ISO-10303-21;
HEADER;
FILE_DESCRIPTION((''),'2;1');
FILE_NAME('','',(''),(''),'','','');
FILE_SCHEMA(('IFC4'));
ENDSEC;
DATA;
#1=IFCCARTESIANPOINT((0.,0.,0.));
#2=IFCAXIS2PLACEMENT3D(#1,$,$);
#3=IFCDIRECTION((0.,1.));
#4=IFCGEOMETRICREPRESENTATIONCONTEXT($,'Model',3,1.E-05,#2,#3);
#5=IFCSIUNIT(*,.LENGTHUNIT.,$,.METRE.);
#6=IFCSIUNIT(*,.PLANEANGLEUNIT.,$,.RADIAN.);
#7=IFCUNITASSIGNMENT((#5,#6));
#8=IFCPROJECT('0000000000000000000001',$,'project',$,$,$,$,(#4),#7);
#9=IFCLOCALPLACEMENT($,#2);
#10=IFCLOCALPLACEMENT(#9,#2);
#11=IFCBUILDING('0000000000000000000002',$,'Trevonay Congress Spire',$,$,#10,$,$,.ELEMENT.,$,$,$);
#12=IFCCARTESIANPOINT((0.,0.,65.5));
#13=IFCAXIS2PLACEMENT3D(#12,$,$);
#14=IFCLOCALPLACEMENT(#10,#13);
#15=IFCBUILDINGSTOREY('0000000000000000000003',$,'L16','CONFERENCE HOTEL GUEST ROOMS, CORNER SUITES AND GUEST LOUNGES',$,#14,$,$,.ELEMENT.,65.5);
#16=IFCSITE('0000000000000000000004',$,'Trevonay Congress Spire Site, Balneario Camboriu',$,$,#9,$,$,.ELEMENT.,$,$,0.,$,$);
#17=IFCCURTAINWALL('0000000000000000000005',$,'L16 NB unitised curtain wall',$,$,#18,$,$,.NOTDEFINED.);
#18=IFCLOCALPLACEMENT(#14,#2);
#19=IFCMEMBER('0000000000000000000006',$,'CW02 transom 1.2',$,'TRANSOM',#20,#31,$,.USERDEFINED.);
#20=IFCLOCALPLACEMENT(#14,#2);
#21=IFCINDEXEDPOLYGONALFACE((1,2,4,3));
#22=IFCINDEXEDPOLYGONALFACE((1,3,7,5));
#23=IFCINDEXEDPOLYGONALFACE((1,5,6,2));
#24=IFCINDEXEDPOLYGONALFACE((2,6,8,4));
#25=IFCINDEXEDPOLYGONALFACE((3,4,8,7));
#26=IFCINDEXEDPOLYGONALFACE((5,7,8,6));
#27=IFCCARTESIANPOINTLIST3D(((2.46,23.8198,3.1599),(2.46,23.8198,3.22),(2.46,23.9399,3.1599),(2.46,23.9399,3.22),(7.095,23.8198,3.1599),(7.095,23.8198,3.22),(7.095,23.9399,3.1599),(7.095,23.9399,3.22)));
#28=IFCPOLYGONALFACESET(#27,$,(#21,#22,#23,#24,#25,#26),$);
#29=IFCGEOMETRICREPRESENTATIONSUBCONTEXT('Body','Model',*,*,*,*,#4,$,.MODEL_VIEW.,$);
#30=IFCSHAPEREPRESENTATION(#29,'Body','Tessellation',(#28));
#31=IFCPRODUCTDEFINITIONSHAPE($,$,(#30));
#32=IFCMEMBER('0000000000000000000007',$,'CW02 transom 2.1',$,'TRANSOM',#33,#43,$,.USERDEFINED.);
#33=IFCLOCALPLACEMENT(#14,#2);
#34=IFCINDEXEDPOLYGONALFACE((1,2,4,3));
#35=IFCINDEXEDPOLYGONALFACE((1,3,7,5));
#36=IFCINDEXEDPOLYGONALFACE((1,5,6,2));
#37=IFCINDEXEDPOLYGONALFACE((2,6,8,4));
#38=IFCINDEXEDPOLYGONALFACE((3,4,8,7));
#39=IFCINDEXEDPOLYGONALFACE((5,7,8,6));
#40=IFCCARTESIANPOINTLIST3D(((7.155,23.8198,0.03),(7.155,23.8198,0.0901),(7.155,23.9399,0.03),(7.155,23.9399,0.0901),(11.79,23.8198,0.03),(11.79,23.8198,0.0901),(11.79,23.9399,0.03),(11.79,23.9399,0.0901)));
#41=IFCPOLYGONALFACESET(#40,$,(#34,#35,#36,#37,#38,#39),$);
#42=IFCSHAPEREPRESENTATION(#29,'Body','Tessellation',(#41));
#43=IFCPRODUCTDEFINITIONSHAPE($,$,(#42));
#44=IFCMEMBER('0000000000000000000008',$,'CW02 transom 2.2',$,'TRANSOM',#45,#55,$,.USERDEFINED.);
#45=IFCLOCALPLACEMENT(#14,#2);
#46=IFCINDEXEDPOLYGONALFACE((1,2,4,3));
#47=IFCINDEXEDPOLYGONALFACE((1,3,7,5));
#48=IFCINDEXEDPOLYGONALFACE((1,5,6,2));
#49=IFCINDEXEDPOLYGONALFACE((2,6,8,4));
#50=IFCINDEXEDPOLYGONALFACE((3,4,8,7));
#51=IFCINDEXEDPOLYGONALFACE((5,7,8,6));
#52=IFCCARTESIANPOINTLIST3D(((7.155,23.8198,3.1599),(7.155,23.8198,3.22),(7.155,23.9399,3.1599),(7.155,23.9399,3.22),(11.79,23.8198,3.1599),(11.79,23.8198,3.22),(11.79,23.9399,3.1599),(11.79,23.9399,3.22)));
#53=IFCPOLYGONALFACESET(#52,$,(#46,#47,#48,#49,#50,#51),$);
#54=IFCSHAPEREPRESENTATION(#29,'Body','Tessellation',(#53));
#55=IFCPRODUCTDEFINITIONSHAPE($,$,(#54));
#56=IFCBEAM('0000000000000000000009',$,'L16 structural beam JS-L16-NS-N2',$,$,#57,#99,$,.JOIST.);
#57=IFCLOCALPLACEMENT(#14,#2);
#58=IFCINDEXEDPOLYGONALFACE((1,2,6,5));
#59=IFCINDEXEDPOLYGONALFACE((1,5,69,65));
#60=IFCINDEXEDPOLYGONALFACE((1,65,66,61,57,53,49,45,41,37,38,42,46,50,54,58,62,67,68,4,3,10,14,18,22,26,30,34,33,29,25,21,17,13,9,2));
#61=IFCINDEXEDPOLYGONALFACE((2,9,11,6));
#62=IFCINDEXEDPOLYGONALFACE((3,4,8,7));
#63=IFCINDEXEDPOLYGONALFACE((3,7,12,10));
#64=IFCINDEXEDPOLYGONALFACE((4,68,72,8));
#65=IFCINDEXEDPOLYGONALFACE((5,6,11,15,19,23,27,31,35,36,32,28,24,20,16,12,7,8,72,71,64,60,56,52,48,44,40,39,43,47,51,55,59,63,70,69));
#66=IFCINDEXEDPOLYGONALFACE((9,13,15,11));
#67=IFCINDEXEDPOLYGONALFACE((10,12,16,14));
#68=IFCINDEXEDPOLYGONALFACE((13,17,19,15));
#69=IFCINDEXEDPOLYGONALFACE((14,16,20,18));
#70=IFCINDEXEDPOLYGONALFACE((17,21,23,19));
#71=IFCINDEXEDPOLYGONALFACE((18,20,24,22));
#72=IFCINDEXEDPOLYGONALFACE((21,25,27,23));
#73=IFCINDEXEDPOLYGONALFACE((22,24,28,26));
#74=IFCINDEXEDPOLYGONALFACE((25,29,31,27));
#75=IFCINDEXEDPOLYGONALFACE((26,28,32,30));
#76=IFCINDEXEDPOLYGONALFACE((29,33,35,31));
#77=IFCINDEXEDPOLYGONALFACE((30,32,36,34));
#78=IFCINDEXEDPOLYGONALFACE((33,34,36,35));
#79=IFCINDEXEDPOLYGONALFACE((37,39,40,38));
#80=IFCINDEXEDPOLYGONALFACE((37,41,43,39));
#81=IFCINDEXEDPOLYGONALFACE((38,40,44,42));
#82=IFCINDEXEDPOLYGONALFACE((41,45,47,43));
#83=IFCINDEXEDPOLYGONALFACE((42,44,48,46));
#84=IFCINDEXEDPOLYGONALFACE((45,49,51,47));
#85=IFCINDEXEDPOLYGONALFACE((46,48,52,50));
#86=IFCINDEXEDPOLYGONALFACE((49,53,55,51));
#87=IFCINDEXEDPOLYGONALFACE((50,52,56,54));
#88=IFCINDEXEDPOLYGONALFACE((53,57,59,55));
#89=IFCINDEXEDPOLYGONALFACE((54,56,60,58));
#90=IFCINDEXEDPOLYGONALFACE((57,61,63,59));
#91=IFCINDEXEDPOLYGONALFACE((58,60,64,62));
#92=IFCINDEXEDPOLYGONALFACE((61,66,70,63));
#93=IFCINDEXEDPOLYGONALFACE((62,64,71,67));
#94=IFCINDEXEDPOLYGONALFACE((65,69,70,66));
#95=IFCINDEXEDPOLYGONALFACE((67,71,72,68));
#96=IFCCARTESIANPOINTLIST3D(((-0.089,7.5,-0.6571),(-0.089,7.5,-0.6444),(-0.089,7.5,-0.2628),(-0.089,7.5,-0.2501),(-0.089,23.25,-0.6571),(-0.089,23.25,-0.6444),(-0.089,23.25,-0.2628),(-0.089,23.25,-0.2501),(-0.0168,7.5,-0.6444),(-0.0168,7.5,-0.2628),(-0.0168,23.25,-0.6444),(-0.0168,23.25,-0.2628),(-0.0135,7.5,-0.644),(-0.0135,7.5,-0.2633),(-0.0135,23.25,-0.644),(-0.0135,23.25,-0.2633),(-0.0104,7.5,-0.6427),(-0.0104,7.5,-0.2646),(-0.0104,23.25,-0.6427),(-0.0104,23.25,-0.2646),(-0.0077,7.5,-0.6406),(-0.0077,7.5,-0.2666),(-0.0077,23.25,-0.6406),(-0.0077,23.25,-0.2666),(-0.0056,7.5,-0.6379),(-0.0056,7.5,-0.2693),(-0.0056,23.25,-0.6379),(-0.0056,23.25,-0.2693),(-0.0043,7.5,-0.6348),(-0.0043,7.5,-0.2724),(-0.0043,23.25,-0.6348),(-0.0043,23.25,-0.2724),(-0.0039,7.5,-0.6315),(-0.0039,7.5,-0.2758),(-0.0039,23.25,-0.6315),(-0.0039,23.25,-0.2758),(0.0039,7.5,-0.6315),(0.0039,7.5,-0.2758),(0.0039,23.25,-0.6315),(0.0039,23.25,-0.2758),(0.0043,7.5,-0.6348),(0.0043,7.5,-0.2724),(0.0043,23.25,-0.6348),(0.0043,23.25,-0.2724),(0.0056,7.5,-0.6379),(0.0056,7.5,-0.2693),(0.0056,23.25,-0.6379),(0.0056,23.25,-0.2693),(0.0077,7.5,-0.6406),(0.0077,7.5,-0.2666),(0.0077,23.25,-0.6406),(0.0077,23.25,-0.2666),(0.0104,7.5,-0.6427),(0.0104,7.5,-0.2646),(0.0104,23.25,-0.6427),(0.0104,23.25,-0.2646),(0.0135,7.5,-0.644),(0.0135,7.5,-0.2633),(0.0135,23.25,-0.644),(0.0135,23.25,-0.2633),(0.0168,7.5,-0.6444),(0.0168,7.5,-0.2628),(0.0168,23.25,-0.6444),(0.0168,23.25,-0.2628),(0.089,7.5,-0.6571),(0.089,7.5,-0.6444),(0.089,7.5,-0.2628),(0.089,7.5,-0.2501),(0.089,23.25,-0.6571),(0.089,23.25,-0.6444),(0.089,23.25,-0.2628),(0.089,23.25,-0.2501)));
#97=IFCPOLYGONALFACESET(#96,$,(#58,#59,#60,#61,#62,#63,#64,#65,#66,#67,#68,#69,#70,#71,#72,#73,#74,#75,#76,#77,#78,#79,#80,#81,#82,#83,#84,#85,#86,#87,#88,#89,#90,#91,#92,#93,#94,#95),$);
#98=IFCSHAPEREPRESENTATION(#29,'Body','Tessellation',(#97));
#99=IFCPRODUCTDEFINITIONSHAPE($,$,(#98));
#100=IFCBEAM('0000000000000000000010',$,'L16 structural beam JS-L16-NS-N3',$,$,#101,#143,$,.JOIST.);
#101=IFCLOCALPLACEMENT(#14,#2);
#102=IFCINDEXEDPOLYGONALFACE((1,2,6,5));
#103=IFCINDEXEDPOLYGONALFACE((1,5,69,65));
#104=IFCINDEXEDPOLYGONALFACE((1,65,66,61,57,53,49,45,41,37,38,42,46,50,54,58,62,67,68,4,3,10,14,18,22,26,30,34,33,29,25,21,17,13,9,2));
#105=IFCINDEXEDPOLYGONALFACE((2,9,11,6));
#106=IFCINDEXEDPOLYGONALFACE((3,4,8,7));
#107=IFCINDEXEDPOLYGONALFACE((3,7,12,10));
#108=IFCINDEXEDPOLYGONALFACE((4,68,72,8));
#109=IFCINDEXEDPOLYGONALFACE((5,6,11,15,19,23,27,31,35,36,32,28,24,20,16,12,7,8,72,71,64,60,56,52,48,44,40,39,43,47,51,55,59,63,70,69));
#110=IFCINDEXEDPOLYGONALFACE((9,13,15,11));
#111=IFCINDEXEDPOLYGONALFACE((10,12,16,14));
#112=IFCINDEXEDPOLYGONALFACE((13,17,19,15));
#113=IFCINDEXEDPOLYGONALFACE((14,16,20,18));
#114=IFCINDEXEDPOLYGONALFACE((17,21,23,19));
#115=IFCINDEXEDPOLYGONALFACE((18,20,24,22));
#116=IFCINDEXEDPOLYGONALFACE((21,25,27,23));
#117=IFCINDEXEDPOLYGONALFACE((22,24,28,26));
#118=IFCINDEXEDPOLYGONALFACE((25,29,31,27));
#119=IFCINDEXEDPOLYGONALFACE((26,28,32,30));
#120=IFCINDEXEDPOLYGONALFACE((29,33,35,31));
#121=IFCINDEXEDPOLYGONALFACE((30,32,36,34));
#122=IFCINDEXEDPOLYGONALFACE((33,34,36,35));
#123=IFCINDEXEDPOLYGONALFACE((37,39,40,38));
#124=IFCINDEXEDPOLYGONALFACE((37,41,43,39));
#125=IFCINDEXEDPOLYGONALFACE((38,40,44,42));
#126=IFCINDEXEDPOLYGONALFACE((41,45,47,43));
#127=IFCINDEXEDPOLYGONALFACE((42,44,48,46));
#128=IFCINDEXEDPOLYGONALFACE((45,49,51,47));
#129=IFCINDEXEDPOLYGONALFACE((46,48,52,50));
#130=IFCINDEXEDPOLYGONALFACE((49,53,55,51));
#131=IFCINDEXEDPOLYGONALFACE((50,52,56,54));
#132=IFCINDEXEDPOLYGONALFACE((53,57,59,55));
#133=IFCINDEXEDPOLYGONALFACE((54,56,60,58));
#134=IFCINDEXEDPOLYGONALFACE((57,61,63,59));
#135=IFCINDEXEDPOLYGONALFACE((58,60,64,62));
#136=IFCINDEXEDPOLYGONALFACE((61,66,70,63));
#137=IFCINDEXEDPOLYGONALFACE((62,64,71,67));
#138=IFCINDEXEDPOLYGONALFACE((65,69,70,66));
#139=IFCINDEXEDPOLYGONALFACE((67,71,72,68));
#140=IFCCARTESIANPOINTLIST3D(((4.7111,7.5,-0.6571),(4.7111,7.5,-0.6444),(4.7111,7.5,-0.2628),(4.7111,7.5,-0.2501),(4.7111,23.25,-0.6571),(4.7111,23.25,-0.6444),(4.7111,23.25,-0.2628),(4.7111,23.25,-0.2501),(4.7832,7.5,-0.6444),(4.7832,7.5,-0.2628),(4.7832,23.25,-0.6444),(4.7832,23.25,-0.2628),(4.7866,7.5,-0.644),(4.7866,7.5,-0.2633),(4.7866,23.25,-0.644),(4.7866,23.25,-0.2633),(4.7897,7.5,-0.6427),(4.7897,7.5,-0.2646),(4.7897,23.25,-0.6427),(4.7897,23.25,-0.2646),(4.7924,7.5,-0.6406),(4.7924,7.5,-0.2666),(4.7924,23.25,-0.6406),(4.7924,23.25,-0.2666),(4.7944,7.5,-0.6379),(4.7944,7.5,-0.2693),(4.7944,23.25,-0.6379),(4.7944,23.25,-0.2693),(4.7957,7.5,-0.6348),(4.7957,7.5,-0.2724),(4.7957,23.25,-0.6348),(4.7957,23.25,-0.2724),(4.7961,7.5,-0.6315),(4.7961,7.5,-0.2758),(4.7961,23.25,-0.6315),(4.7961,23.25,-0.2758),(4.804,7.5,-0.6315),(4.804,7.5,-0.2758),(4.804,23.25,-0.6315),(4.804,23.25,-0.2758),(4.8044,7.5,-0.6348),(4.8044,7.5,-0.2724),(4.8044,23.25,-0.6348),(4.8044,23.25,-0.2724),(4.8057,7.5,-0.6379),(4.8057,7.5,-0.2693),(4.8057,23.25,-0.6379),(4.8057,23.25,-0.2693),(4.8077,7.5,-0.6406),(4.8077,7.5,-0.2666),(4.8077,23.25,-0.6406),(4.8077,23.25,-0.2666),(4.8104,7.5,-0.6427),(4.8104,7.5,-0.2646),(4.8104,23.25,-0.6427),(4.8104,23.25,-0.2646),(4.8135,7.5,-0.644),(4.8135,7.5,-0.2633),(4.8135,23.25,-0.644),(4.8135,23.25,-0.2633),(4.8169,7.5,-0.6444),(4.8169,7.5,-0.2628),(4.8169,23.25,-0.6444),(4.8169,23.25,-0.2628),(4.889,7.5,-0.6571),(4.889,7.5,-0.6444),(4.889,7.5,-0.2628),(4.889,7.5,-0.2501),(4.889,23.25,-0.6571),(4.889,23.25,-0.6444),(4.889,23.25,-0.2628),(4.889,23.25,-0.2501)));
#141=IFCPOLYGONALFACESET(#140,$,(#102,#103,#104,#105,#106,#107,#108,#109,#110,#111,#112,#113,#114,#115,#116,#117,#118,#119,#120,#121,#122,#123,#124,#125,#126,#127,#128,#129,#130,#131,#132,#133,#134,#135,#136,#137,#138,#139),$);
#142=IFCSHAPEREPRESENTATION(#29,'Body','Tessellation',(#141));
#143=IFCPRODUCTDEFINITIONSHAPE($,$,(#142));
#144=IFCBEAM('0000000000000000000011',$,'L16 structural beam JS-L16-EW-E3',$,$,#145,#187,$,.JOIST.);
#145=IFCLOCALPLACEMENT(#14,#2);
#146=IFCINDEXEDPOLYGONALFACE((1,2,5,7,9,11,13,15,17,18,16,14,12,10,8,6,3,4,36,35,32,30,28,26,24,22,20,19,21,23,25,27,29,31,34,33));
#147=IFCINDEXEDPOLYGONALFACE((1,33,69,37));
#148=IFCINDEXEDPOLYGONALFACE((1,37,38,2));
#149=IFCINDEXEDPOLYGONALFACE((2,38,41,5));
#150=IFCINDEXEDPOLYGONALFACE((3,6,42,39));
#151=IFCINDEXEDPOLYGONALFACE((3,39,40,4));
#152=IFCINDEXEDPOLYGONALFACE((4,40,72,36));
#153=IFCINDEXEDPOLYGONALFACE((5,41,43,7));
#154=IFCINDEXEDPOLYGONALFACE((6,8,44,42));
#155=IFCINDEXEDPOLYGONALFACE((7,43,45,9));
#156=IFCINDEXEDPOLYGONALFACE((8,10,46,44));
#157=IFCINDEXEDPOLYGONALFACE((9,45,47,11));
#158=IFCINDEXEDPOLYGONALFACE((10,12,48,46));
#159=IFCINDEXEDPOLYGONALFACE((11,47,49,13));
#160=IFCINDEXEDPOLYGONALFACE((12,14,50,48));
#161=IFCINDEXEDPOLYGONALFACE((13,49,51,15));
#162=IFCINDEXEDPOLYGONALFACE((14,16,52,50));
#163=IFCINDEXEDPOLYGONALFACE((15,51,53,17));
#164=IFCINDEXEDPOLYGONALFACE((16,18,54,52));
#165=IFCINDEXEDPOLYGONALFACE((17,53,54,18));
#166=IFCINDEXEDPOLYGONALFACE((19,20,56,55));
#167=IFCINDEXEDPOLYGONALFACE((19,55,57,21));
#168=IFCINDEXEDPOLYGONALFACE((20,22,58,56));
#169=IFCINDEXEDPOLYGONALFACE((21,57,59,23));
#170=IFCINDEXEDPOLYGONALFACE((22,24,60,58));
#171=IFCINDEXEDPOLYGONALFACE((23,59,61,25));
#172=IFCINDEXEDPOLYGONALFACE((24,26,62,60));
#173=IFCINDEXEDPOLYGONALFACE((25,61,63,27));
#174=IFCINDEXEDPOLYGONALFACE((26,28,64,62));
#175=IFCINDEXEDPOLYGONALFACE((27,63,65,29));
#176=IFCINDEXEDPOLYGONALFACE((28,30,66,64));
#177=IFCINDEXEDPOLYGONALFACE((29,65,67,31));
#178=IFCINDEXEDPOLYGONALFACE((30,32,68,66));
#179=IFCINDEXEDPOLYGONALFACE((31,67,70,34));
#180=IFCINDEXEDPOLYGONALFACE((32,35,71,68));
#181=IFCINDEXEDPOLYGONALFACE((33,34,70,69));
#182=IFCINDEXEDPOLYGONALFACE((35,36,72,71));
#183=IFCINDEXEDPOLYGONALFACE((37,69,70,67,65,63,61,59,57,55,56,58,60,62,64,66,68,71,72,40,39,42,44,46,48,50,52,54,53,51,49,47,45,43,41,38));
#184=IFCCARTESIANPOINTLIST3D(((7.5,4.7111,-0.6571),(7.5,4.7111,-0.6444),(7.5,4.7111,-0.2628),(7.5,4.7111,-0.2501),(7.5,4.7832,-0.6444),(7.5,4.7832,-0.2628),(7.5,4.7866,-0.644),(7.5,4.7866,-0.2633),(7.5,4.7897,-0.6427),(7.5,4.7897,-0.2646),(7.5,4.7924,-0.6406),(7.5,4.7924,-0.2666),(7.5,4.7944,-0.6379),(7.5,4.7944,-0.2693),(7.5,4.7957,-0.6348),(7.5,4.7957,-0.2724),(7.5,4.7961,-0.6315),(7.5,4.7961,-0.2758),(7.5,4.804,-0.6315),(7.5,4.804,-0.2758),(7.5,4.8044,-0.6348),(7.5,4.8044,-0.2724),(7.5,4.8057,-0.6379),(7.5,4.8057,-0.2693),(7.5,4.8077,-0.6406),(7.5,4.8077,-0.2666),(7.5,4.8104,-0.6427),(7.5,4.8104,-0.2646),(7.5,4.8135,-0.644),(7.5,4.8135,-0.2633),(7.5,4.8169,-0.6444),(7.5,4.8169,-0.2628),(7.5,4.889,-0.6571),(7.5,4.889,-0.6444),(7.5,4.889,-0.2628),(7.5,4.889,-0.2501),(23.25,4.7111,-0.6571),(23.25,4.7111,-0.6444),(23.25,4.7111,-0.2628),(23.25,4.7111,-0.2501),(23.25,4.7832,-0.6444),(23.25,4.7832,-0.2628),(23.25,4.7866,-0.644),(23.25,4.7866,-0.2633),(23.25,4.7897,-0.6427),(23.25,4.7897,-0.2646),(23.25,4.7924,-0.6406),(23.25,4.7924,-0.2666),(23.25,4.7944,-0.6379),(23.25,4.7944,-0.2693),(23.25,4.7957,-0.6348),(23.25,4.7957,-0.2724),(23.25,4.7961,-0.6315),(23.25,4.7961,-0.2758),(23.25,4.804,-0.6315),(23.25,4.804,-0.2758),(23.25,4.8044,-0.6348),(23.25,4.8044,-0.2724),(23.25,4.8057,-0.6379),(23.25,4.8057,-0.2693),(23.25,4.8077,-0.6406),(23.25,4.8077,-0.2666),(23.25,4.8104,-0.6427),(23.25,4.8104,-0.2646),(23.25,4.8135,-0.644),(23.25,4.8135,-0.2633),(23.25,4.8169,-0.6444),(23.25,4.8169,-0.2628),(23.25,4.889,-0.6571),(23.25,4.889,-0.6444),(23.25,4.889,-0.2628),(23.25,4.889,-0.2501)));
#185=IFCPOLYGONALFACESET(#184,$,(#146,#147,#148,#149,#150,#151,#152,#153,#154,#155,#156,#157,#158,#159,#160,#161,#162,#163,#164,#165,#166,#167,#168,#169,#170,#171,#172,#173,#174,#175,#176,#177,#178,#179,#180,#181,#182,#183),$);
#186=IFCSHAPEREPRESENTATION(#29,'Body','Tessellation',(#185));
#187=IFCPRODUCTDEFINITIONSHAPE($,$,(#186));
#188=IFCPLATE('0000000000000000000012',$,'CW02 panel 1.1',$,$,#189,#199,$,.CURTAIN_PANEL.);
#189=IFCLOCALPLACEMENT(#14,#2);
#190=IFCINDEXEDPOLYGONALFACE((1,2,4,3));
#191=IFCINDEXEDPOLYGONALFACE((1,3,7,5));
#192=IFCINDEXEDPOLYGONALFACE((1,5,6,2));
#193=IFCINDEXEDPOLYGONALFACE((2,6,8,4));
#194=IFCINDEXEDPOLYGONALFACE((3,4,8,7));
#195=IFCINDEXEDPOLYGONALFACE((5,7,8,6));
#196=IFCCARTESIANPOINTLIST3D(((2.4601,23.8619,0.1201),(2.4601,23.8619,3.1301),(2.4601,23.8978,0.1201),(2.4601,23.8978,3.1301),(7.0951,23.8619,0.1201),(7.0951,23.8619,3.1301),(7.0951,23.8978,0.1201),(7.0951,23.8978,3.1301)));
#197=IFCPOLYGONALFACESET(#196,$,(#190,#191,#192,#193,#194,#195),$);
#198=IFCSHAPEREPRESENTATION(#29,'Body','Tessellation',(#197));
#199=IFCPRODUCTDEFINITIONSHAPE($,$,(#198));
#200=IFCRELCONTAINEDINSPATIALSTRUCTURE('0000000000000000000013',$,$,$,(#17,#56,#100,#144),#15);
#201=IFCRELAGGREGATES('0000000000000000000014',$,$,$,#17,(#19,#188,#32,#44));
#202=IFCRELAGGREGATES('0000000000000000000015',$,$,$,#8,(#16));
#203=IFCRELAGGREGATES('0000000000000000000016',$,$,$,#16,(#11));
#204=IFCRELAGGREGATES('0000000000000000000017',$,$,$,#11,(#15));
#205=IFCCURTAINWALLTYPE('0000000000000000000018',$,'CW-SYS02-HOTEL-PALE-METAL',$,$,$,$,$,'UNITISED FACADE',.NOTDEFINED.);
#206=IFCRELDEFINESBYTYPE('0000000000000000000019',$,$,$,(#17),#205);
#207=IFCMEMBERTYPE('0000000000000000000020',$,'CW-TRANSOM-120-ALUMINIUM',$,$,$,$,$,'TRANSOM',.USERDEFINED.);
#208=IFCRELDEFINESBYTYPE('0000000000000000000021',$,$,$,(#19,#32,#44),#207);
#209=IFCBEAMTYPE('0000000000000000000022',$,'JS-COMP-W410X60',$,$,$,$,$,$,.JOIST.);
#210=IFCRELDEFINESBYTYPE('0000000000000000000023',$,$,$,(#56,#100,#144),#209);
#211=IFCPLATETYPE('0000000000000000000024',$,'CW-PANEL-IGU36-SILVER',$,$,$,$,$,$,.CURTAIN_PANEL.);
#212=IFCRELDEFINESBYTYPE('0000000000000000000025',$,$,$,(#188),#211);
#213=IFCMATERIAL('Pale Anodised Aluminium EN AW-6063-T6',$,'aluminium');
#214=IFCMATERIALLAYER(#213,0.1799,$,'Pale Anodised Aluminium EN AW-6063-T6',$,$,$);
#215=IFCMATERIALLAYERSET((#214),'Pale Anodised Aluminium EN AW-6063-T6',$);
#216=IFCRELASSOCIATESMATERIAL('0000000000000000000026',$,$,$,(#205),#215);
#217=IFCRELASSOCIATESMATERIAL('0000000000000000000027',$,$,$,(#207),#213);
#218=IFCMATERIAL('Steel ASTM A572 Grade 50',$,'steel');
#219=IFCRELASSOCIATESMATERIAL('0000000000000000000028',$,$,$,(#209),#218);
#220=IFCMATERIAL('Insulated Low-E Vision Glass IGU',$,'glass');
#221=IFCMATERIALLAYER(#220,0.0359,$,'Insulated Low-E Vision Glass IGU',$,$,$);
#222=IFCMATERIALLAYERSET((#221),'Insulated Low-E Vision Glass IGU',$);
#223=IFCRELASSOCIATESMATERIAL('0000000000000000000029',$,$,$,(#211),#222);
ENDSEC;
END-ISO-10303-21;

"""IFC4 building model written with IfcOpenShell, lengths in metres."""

from ifc_helpers import new_model, si_unit, direction, frame, origin, origin_2d, place, context, subcontext, project, spatial, rectangle, i_section, extrude, material, layer, layer_set, material_profile, profile_set, type_object, element, aggregate, save


model = new_model("IFC4")

# Units and contexts
model_context = context("Model", 3, precision=1e-05, world=origin(), true_north=direction((0.0, 1.0)))
body_context = subcontext(model_context, "Body", "Model", "MODEL_VIEW")
ifc_project = project(units=[si_unit("LENGTHUNIT", "METRE"), si_unit("PLANEANGLEUNIT", "RADIAN")], contexts=[model_context])

# Site, building, storey
site_placement = place(None, origin())
site = spatial("IfcSite", under=ifc_project, at=site_placement, Name="Trevonay Congress Spire Site, Balneario Camboriu", CompositionType="ELEMENT", RefElevation=0.0)
building_placement = place(site_placement, origin())
building = spatial("IfcBuilding", under=site, at=building_placement, Name="Trevonay Congress Spire", CompositionType="ELEMENT")
storey_placement = place(building_placement, frame((0.0, 0.0, 65.5)))
storey = spatial("IfcBuildingStorey", under=building, at=storey_placement, Name="L16", Description="CONFERENCE HOTEL GUEST ROOMS, CORNER SUITES AND GUEST LOUNGES", CompositionType="ELEMENT", Elevation=65.5)

# Shared definitions
ifc_material_1 = material(Name="Steel ASTM A572 Grade 50", Category="steel")

# Curtain wall, members
ifc_material_2 = material(Name="Pale Anodised Aluminium EN AW-6063-T6", Category="aluminium")
ifc_layer_1 = layer(ifc_material_2, 0.1799, Name="Pale Anodised Aluminium EN AW-6063-T6")
ifc_layer_set_1 = layer_set([ifc_layer_1], Name="Pale Anodised Aluminium EN AW-6063-T6")
curtain_wall_type = type_object("IfcCurtainWallType", Name="CW-SYS02-HOTEL-PALE-METAL", ElementType="UNITISED FACADE", PredefinedType="NOTDEFINED", material=ifc_layer_set_1)
curtain_wall_placement = place(storey_placement, origin())
curtain_wall = element("IfcCurtainWall", 1, at=curtain_wall_placement, inside=storey, type_object=curtain_wall_type, Name="L16 NB unitised curtain wall", PredefinedType="NOTDEFINED")
ifc_material_profile_1 = material_profile(ifc_material_2, rectangle(XDim=0.1201, YDim=0.0601, at=origin_2d()), Name="CW-TRANSOM-120-ALUMINIUM")
ifc_profile_set_1 = profile_set([ifc_material_profile_1], Name="Pale Anodised Aluminium EN AW-6063-T6")
member_type_1 = type_object("IfcMemberType", Name="CW-TRANSOM-120-ALUMINIUM", ElementType="TRANSOM", PredefinedType="USERDEFINED", material=ifc_profile_set_1)
member_1_placement = place(storey_placement, frame((2.46, 23.8799, 3.1899), z_axis=(1.0, 0.0, 0.0), x_axis=(0.0, 1.0, 0.0)))
member_1 = element("IfcMember", 2, at=member_1_placement, type_object=member_type_1, Name="CW02 transom 1.2", ObjectType="TRANSOM", PredefinedType="USERDEFINED", context=body_context, shape_type="SweptSolid", body=[
    extrude(rectangle(XDim=0.1201, YDim=0.0601, at=origin_2d()), origin(), (0.0, 0.0, 1.0), 4.635),
])
member_2_placement = place(storey_placement, frame((7.155, 23.8799, 0.0601), z_axis=(1.0, 0.0, 0.0), x_axis=(0.0, 1.0, 0.0)))
member_2 = element("IfcMember", 3, at=member_2_placement, type_object=member_type_1, Name="CW02 transom 2.1", ObjectType="TRANSOM", PredefinedType="USERDEFINED", context=body_context, shape_type="SweptSolid", body=[
    extrude(rectangle(XDim=0.1201, YDim=0.0601, at=origin_2d()), origin(), (0.0, 0.0, 1.0), 4.635),
])
member_3_placement = place(storey_placement, frame((7.155, 23.8799, 3.1899), z_axis=(1.0, 0.0, 0.0), x_axis=(0.0, 1.0, 0.0)))
member_3 = element("IfcMember", 4, at=member_3_placement, type_object=member_type_1, Name="CW02 transom 2.2", ObjectType="TRANSOM", PredefinedType="USERDEFINED", context=body_context, shape_type="SweptSolid", body=[
    extrude(rectangle(XDim=0.1201, YDim=0.0601, at=origin_2d()), origin(), (0.0, 0.0, 1.0), 4.635),
])

# Beams
ifc_material_profile_2 = material_profile(ifc_material_1, i_section(OverallWidth=0.178, OverallDepth=0.407, WebThickness=0.0078, FlangeThickness=0.0127, FilletRadius=0.0129, at=origin_2d()), Name="W410x60")
ifc_profile_set_2 = profile_set([ifc_material_profile_2], Name="Steel ASTM A572 Grade 50")
beam_type_1 = type_object("IfcBeamType", Name="JS-COMP-W410X60", PredefinedType="JOIST", material=ifc_profile_set_2)
for number, where, z_axis, x_axis, name in (
    (5, (0.0, 7.5, -0.4536), (0.0, 1.0, 0.0), (-1.0, 0.0, 0.0), "L16 structural beam JS-L16-NS-N2"),
    (6, (4.8, 7.5, -0.4536), (0.0, 1.0, 0.0), (-1.0, 0.0, 0.0), "L16 structural beam JS-L16-NS-N3"),
    (7, (7.5, 4.8, -0.4536), (1.0, 0.0, 0.0), (0.0, 1.0, 0.0), "L16 structural beam JS-L16-EW-E3"),
):
    element("IfcBeam", number, at=place(storey_placement, frame(where, z_axis=z_axis, x_axis=x_axis)), inside=storey, type_object=beam_type_1, Name=name, PredefinedType="JOIST", context=body_context, shape_type="SweptSolid", body=[
        extrude(i_section(OverallWidth=0.178, OverallDepth=0.407, WebThickness=0.0078, FlangeThickness=0.0127, FilletRadius=0.0129, at=origin_2d()), origin(), (0.0, 0.0, 1.0), 15.75),
    ])

# Plate
ifc_material_3 = material(Name="Insulated Low-E Vision Glass IGU", Category="glass")
ifc_layer_2 = layer(ifc_material_3, 0.0359, Name="Insulated Low-E Vision Glass IGU")
ifc_layer_set_2 = layer_set([ifc_layer_2], Name="Insulated Low-E Vision Glass IGU")
plate_type = type_object("IfcPlateType", Name="CW-PANEL-IGU36-SILVER", PredefinedType="CURTAIN_PANEL", material=ifc_layer_set_2)
plate_1_placement = place(storey_placement, frame((4.7776, 23.8799, 0.1201), z_axis=(0.0, 0.0, 1.0), x_axis=(1.0, 0.0, 0.0)))
plate_1 = element("IfcPlate", 8, at=plate_1_placement, type_object=plate_type, Name="CW02 panel 1.1", PredefinedType="CURTAIN_PANEL", context=body_context, shape_type="SweptSolid", body=[
    extrude(rectangle(XDim=4.635, YDim=0.0359, at=origin_2d()), origin(), (0.0, 0.0, 1.0), 3.01),
])
aggregate(curtain_wall, [member_1, plate_1, member_2, member_3])

save(model, "model.ifc")
